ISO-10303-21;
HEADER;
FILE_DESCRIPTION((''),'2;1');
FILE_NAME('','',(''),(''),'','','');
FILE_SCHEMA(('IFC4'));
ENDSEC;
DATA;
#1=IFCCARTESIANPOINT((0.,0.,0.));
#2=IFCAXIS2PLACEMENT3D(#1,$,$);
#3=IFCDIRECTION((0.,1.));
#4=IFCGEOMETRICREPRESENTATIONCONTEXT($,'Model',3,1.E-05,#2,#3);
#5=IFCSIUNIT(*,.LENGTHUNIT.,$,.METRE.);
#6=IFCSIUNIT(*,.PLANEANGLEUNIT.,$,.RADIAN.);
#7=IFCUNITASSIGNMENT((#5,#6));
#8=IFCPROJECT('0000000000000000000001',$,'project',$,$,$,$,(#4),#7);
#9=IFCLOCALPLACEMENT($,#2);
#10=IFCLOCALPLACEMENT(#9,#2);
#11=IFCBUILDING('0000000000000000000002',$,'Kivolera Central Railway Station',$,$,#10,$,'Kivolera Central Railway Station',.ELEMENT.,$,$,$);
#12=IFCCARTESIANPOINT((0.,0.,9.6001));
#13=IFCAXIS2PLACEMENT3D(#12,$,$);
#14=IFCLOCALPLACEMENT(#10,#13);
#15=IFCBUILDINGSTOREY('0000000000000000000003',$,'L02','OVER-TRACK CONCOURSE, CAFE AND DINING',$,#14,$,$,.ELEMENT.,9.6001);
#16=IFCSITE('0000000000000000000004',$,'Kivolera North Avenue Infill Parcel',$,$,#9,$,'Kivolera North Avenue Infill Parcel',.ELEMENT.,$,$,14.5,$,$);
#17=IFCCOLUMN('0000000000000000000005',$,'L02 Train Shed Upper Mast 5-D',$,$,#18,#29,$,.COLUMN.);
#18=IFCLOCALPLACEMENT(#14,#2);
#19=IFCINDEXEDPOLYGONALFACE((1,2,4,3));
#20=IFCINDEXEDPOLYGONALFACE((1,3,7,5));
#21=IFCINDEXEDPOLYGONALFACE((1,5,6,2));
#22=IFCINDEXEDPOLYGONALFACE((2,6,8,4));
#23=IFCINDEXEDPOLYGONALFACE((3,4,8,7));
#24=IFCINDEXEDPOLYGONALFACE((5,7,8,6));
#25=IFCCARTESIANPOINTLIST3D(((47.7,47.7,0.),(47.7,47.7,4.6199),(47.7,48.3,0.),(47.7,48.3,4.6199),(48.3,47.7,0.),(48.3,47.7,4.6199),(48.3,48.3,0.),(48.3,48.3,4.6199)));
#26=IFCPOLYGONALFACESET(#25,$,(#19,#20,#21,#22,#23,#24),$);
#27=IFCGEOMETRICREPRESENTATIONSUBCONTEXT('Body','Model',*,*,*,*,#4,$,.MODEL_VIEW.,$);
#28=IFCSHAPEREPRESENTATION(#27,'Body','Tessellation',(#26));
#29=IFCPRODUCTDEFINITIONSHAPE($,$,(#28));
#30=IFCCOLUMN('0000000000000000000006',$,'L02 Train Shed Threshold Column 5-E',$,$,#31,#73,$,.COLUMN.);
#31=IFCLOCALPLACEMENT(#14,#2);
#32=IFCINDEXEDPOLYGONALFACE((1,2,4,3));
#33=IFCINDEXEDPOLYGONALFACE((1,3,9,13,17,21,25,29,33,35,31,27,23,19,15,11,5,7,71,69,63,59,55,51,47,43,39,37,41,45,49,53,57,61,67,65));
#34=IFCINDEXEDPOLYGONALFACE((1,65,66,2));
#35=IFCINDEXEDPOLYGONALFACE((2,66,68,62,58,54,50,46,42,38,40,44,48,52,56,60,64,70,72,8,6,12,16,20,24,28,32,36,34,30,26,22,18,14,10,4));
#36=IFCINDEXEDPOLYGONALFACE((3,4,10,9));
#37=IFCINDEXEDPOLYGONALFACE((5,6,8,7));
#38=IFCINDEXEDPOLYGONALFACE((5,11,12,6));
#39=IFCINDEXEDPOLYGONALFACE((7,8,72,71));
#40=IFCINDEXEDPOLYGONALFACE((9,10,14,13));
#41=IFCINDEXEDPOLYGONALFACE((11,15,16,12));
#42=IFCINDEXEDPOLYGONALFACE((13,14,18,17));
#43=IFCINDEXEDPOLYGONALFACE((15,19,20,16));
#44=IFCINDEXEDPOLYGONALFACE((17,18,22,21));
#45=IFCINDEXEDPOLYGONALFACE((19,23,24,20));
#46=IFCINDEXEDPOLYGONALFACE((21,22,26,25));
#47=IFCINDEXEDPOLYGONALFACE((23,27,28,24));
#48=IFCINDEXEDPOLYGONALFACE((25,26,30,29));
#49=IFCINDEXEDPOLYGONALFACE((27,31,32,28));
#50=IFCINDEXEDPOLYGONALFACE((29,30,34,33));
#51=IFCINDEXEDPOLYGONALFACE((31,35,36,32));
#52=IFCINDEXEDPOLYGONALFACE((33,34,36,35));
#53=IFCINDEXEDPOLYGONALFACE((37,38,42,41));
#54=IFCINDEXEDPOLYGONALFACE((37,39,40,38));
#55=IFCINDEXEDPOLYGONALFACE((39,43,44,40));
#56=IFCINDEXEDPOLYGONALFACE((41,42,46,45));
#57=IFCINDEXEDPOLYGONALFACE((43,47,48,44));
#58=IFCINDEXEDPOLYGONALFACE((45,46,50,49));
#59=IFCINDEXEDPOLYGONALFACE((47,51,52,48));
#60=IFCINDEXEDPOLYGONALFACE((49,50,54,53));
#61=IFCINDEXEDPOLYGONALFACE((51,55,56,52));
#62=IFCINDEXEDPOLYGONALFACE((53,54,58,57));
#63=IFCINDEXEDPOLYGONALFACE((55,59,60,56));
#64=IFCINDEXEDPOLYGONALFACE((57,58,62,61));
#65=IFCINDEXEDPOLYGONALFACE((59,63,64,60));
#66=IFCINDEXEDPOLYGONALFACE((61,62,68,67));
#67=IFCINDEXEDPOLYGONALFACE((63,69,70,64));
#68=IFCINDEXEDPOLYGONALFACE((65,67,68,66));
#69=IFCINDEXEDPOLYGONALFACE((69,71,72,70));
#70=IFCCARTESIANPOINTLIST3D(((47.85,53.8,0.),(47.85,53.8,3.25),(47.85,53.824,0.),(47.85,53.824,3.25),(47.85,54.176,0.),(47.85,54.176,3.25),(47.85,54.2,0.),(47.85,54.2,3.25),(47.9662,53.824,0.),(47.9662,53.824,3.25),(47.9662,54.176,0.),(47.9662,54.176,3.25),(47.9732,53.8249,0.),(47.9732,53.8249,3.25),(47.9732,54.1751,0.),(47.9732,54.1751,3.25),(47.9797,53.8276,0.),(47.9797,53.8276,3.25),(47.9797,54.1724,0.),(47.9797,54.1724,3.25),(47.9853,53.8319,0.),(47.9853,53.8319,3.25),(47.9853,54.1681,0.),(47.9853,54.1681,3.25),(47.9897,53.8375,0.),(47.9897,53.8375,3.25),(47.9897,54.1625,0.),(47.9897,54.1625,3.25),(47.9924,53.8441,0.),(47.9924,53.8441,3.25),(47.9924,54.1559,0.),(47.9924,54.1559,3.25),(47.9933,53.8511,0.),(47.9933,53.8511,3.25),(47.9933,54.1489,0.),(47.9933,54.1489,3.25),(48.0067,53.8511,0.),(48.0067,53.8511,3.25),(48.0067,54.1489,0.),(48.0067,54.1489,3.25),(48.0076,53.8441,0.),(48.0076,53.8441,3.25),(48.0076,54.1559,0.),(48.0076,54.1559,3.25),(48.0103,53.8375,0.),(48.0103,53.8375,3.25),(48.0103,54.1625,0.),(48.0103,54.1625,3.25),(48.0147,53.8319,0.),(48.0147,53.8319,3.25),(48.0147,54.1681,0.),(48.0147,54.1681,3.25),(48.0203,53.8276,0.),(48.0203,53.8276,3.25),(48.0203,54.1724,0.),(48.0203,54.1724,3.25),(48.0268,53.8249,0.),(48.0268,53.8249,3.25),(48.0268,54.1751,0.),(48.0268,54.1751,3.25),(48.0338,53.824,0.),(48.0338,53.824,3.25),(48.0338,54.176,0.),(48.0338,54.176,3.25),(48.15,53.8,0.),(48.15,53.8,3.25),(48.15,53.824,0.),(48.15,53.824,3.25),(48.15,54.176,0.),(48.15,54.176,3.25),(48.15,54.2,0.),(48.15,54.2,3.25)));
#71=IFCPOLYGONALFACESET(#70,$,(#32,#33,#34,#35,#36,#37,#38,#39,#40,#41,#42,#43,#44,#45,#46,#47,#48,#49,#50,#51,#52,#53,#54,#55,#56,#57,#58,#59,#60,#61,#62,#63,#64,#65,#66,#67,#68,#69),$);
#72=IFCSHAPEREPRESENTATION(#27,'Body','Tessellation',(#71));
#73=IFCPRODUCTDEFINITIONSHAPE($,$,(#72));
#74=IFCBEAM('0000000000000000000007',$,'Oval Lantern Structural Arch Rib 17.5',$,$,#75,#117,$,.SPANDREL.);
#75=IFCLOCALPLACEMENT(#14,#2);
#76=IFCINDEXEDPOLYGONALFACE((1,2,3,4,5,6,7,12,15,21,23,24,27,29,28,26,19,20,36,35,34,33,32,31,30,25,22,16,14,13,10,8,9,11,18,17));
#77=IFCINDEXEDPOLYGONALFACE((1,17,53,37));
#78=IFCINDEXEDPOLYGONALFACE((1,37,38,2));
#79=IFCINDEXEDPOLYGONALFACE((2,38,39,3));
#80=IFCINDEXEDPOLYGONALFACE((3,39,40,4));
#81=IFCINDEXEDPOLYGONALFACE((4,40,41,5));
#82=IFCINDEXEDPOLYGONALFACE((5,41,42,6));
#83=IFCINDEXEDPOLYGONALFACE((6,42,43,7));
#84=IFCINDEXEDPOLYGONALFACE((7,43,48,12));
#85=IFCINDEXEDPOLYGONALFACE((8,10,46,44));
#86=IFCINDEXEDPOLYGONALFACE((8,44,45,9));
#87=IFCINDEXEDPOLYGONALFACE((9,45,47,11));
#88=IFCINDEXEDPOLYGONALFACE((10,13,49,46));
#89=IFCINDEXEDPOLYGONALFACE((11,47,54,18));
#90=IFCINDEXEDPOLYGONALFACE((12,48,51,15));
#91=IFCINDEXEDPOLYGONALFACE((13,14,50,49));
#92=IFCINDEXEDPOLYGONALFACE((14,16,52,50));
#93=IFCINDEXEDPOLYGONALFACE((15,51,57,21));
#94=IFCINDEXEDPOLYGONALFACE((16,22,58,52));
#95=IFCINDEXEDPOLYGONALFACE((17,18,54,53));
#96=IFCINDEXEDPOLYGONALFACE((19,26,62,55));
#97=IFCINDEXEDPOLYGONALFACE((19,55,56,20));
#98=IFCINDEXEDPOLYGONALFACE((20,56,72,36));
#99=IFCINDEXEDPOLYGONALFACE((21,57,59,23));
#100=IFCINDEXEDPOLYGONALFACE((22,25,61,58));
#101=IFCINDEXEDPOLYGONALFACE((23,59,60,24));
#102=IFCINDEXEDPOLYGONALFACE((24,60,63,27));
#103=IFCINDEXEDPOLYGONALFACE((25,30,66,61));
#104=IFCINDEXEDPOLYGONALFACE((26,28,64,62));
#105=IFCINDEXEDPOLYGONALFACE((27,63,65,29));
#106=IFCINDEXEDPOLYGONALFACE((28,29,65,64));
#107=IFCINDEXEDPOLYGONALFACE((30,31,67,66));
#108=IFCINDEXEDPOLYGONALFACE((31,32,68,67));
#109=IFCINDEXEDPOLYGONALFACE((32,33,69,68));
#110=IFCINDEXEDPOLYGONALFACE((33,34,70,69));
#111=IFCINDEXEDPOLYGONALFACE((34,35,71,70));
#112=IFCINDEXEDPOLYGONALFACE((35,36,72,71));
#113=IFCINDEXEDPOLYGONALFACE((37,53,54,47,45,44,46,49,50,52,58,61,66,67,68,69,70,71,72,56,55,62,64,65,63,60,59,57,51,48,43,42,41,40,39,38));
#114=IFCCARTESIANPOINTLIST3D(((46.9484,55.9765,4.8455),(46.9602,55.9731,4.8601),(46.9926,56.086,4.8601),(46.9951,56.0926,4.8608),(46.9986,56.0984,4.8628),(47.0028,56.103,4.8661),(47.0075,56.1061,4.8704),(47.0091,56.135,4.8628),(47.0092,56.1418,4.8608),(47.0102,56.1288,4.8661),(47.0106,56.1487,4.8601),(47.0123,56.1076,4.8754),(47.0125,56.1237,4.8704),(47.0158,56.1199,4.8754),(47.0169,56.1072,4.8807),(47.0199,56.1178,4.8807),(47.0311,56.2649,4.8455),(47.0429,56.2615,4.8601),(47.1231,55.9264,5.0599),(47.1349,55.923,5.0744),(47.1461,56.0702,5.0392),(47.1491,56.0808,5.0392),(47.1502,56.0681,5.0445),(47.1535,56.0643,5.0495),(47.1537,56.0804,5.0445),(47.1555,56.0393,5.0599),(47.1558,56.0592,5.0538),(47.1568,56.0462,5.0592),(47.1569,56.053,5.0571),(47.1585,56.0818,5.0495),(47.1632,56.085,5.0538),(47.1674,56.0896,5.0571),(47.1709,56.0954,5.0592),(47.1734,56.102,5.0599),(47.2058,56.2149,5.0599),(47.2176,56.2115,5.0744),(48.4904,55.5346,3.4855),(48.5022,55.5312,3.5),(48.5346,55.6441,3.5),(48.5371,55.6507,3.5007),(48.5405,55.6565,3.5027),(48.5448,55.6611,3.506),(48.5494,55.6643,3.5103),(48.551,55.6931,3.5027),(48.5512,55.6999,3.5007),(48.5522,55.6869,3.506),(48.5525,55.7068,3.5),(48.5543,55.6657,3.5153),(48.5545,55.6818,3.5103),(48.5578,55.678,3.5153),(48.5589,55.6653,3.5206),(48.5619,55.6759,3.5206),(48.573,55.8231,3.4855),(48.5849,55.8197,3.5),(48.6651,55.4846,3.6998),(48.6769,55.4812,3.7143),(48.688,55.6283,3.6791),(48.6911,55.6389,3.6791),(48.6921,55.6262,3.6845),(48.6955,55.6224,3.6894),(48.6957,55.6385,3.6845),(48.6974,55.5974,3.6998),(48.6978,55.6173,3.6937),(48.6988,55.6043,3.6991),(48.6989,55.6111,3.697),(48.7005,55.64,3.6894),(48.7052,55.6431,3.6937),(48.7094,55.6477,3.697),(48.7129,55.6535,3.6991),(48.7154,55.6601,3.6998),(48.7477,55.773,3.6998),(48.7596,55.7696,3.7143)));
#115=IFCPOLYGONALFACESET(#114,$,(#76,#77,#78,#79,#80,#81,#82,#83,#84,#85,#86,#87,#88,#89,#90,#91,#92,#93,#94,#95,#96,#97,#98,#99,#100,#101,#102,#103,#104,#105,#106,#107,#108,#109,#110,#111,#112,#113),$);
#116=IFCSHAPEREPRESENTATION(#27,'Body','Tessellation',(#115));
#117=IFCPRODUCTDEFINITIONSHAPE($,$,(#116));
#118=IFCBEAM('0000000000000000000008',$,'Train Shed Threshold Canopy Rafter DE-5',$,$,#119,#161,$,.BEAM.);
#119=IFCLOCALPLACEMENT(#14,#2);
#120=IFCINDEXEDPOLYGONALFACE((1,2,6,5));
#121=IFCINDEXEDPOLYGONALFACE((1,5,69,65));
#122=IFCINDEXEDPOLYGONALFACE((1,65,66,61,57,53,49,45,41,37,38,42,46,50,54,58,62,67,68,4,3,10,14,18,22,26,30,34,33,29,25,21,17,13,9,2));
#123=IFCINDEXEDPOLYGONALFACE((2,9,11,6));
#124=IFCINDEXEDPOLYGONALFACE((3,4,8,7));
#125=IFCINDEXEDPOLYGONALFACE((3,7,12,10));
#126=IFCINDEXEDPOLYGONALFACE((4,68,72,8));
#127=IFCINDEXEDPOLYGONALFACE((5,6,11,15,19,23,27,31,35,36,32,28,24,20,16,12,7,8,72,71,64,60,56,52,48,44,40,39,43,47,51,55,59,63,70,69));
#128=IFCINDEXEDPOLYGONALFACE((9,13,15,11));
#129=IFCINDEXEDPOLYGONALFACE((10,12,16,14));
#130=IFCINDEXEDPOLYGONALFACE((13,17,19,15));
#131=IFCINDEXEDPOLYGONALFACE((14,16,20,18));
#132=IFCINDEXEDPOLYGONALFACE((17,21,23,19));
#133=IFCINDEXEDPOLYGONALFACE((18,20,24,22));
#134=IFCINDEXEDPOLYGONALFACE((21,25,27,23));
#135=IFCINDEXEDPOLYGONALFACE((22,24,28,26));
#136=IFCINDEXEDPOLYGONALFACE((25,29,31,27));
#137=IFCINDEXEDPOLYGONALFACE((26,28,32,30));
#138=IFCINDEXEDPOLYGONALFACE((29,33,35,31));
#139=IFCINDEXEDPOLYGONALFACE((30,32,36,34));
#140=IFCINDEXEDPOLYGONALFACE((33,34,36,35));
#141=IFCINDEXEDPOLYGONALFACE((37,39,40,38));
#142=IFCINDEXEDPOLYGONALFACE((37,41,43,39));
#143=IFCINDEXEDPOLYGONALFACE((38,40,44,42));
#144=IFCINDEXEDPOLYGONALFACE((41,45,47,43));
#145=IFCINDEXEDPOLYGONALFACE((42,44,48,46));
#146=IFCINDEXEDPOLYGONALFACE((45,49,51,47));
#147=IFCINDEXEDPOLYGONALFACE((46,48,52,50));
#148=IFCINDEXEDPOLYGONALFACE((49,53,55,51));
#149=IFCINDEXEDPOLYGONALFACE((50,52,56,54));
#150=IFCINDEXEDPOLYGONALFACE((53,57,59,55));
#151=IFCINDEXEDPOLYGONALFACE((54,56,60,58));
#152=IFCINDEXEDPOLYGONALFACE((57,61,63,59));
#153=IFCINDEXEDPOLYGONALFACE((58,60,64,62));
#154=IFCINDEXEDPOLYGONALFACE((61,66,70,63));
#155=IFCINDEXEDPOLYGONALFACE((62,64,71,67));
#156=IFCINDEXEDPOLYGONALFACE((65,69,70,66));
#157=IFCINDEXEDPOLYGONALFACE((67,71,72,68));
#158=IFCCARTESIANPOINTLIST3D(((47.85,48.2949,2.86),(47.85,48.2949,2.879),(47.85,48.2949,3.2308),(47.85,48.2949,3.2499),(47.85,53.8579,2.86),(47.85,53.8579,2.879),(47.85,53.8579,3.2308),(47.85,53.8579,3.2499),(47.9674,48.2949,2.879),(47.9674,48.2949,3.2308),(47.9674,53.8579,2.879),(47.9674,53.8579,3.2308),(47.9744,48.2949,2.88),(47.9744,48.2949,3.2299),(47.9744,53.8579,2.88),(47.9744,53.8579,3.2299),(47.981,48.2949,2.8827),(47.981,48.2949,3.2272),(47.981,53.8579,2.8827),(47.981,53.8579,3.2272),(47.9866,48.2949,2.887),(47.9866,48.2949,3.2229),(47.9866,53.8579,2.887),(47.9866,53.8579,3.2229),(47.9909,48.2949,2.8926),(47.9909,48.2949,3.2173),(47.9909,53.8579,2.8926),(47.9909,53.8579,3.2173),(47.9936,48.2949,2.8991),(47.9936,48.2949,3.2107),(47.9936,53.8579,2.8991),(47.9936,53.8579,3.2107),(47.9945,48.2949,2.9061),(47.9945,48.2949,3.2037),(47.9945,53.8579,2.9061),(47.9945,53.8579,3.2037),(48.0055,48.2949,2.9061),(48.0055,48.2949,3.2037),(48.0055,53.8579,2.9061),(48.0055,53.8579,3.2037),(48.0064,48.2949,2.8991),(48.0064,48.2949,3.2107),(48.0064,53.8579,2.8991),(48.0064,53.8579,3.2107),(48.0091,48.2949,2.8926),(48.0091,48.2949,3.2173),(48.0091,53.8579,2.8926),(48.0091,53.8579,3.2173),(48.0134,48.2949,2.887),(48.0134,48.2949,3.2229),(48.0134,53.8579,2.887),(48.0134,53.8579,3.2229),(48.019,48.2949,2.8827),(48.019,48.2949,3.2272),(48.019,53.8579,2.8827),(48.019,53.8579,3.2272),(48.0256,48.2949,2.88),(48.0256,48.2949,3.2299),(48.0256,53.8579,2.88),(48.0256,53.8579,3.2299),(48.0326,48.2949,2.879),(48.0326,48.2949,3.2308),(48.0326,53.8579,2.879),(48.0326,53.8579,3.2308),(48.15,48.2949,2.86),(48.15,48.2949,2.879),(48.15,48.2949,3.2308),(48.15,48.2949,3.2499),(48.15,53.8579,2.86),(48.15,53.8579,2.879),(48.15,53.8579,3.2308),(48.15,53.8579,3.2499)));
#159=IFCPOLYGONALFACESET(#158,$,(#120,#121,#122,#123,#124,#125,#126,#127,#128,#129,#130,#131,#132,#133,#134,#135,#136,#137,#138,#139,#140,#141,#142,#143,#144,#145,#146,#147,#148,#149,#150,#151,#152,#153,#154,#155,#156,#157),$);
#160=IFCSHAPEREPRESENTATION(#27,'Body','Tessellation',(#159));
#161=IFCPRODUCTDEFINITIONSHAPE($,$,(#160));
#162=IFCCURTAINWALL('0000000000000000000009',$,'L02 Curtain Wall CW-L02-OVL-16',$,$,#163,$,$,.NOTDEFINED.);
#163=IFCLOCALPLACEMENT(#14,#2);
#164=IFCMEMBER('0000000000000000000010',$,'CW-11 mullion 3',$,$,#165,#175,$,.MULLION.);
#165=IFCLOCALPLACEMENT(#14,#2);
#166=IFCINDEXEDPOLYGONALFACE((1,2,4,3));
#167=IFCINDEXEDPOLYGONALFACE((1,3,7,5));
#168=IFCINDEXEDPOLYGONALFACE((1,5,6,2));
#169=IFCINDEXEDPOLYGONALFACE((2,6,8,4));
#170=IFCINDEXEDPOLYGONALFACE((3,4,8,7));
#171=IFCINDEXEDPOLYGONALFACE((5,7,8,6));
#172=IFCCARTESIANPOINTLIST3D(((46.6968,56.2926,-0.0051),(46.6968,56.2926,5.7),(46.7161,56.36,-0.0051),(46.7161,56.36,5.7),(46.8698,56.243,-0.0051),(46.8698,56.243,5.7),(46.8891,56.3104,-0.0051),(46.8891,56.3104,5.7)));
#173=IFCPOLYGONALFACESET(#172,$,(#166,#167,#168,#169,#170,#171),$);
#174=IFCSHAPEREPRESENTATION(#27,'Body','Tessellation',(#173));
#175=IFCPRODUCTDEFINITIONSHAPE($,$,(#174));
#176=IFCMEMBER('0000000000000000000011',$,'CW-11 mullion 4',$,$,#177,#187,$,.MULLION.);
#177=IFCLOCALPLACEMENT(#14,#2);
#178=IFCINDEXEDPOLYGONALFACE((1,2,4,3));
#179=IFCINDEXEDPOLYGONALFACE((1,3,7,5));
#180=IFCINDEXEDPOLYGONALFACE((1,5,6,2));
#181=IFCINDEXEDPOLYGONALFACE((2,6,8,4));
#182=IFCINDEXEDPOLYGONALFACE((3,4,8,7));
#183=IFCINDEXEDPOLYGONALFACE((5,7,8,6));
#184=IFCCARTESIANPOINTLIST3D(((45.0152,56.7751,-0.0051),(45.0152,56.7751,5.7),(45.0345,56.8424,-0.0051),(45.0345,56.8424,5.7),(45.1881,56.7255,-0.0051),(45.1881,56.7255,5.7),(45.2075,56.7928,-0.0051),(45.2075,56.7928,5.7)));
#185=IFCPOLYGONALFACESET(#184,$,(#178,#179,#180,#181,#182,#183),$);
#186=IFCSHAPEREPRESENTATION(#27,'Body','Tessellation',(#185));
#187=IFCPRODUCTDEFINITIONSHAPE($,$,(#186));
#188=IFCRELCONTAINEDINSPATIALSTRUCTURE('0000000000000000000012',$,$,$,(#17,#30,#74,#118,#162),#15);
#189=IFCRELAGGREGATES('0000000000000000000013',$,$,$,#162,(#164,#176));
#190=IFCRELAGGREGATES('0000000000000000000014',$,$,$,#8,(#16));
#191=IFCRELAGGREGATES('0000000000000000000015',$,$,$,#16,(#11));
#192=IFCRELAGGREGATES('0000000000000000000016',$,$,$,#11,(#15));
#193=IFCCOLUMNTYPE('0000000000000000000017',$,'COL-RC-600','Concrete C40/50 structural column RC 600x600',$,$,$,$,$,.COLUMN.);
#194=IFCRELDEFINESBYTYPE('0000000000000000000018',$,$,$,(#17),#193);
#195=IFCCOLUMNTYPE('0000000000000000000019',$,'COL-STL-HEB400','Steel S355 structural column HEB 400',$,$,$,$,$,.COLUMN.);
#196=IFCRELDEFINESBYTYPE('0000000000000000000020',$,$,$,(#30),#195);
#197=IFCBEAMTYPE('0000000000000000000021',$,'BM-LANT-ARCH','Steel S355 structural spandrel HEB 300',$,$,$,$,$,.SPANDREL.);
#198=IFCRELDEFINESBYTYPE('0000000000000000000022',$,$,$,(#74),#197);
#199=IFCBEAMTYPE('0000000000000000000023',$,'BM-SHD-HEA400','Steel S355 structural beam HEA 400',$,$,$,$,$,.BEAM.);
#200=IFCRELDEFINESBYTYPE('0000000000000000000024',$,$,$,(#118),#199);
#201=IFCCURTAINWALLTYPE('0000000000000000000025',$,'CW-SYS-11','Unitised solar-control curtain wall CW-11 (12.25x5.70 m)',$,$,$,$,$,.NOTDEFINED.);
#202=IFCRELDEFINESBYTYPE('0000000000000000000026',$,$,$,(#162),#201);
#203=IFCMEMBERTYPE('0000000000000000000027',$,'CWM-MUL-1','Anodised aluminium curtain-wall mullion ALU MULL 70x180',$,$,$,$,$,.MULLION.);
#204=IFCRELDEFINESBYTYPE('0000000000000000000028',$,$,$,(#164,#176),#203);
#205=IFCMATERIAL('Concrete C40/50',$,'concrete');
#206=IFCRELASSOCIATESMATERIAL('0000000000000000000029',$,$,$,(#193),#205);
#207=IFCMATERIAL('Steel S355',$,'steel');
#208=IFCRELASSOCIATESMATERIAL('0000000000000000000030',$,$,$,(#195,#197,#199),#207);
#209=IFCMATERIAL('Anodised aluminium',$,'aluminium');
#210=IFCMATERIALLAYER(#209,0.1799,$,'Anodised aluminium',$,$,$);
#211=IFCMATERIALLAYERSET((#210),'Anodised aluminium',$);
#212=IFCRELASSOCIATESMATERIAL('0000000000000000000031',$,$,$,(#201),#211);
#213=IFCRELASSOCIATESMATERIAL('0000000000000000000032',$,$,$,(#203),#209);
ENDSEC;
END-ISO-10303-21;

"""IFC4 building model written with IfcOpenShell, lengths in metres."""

from ifc_helpers import new_model, si_unit, direction, frame, origin, origin_2d, place, context, subcontext, project, spatial, rectangle, i_section, extrude, material, layer, layer_set, material_profile, profile_set, type_object, element, aggregate, save


model = new_model("IFC4")

# Units and contexts
model_context = context("Model", 3, precision=1e-05, world=origin(), true_north=direction((0.0, 1.0)))
body_context = subcontext(model_context, "Body", "Model", "MODEL_VIEW")
ifc_project = project(units=[si_unit("LENGTHUNIT", "METRE"), si_unit("PLANEANGLEUNIT", "RADIAN")], contexts=[model_context])

# Site, building, storey
site_placement = place(None, origin())
site = spatial("IfcSite", under=ifc_project, at=site_placement, Name="Kivolera North Avenue Infill Parcel", LongName="Kivolera North Avenue Infill Parcel", CompositionType="ELEMENT", RefElevation=14.5)
building_placement = place(site_placement, origin())
building = spatial("IfcBuilding", under=site, at=building_placement, Name="Kivolera Central Railway Station", LongName="Kivolera Central Railway Station", CompositionType="ELEMENT")
storey_placement = place(building_placement, frame((0.0, 0.0, 9.6001)))
storey = spatial("IfcBuildingStorey", under=building, at=storey_placement, Name="L02", Description="OVER-TRACK CONCOURSE, CAFE AND DINING", CompositionType="ELEMENT", Elevation=9.6001)

# Columns
ifc_material_1 = material(Name="Concrete C40/50", Category="concrete")
ifc_material_profile_1 = material_profile(ifc_material_1, rectangle(XDim=0.6001, YDim=0.6001, at=origin_2d()), Name="RC 600x600")
ifc_profile_set_1 = profile_set([ifc_material_profile_1], Name="Concrete C40/50")
column_type_1 = type_object("IfcColumnType", Name="COL-RC-600", Description="Concrete C40/50 structural column RC 600x600", PredefinedType="COLUMN", material=ifc_profile_set_1)
column_1_placement = place(storey_placement, frame((48.0, 48.0, 0.0), z_axis=(0.0, 0.0, 1.0), x_axis=(1.0, 0.0, 0.0)))
element("IfcColumn", 1, at=column_1_placement, inside=storey, type_object=column_type_1, Name="L02 Train Shed Upper Mast 5-D", PredefinedType="COLUMN", context=body_context, shape_type="SweptSolid", body=[
    extrude(rectangle(XDim=0.6001, YDim=0.6001, at=origin_2d()), origin(), (0.0, 0.0, 1.0), 4.6199),
])
ifc_material_2 = material(Name="Steel S355", Category="steel")
ifc_material_profile_2 = material_profile(ifc_material_2, i_section(OverallWidth=0.3, OverallDepth=0.3999, WebThickness=0.0134, FlangeThickness=0.0239, FilletRadius=0.0271, at=origin_2d()), Name="HEB 400")
ifc_profile_set_2 = profile_set([ifc_material_profile_2], Name="Steel S355")
column_type_2 = type_object("IfcColumnType", Name="COL-STL-HEB400", Description="Steel S355 structural column HEB 400", PredefinedType="COLUMN", material=ifc_profile_set_2)
column_2_placement = place(storey_placement, frame((48.0, 54.0, 0.0), z_axis=(0.0, 0.0, 1.0), x_axis=(1.0, 0.0, 0.0)))
element("IfcColumn", 2, at=column_2_placement, inside=storey, type_object=column_type_2, Name="L02 Train Shed Threshold Column 5-E", PredefinedType="COLUMN", context=body_context, shape_type="SweptSolid", body=[
    extrude(i_section(OverallWidth=0.3, OverallDepth=0.3999, WebThickness=0.0134, FlangeThickness=0.0239, FilletRadius=0.0271, at=origin_2d()), origin(), (0.0, 0.0, 1.0), 3.25),
])

# Beams
ifc_material_profile_3 = material_profile(ifc_material_2, i_section(OverallWidth=0.3, OverallDepth=0.3, WebThickness=0.011, FlangeThickness=0.019, FilletRadius=0.0271, at=origin_2d()), Name="HEB 300")
ifc_profile_set_3 = profile_set([ifc_material_profile_3], Name="Steel S355")
beam_type_1 = type_object("IfcBeamType", Name="BM-LANT-ARCH", Description="Steel S355 structural spandrel HEB 300", PredefinedType="SPANDREL", material=ifc_profile_set_3)
beam_1_placement = place(storey_placement, frame((47.083, 56.094, 4.96), z_axis=(0.73321, -0.210119, -0.646725), x_axis=(0.275485, 0.961305, 0.0)))
element("IfcBeam", 3, at=beam_1_placement, inside=storey, type_object=beam_type_1, Name="Oval Lantern Structural Arch Rib 17.5", PredefinedType="SPANDREL", context=body_context, shape_type="SweptSolid", body=[
    extrude(i_section(OverallWidth=0.3, OverallDepth=0.3, WebThickness=0.011, FlangeThickness=0.019, FilletRadius=0.0271, at=origin_2d()), origin(), (0.0, 0.0, 1.0), 2.103),
])
ifc_material_profile_4 = material_profile(ifc_material_2, i_section(OverallWidth=0.3, OverallDepth=0.3899, WebThickness=0.011, FlangeThickness=0.019, FilletRadius=0.0271, at=origin_2d()), Name="HEA 400")
ifc_profile_set_4 = profile_set([ifc_material_profile_4], Name="Steel S355")
beam_type_2 = type_object("IfcBeamType", Name="BM-SHD-HEA400", Description="Steel S355 structural beam HEA 400", PredefinedType="BEAM", material=ifc_profile_set_4)
beam_2_placement = place(storey_placement, frame((48.0, 48.2949, 3.0549), z_axis=(0.0, 1.0, 0.0), x_axis=(-1.0, 0.0, 0.0)))
element("IfcBeam", 4, at=beam_2_placement, inside=storey, type_object=beam_type_2, Name="Train Shed Threshold Canopy Rafter DE-5", PredefinedType="BEAM", context=body_context, shape_type="SweptSolid", body=[
    extrude(i_section(OverallWidth=0.3, OverallDepth=0.3899, WebThickness=0.011, FlangeThickness=0.019, FilletRadius=0.0271, at=origin_2d()), origin(), (0.0, 0.0, 1.0), 5.563),
])

# Curtain wall, members
ifc_material_3 = material(Name="Anodised aluminium", Category="aluminium")
ifc_layer_1 = layer(ifc_material_3, 0.1799, Name="Anodised aluminium")
ifc_layer_set_1 = layer_set([ifc_layer_1], Name="Anodised aluminium")
curtain_wall_type_1 = type_object("IfcCurtainWallType", Name="CW-SYS-11", Description="Unitised solar-control curtain wall CW-11 (12.25x5.70 m)", PredefinedType="NOTDEFINED", material=ifc_layer_set_1)
curtain_wall_1_placement = place(storey_placement, origin())
curtain_wall_1 = element("IfcCurtainWall", 5, at=curtain_wall_1_placement, inside=storey, type_object=curtain_wall_type_1, Name="L02 Curtain Wall CW-L02-OVL-16", PredefinedType="NOTDEFINED")
ifc_material_profile_5 = material_profile(ifc_material_3, rectangle(XDim=0.0701, YDim=0.1799, at=origin_2d()), Name="ALU MULL 70x180")
ifc_profile_set_5 = profile_set([ifc_material_profile_5], Name="Anodised aluminium")
member_type_1 = type_object("IfcMemberType", Name="CWM-MUL-1", Description="Anodised aluminium curtain-wall mullion ALU MULL 70x180", PredefinedType="MULLION", material=ifc_profile_set_5)
member_1_placement = place(storey_placement, frame((46.793, 56.3015, -0.0051), z_axis=(0.0, 0.0, 1.0), x_axis=(-0.275692, -0.961246, 0.0)))
member_1 = element("IfcMember", 6, at=member_1_placement, type_object=member_type_1, Name="CW-11 mullion 3", PredefinedType="MULLION", context=body_context, shape_type="SweptSolid", body=[
    extrude(rectangle(XDim=0.0701, YDim=0.1799, at=origin_2d()), origin(), (0.0, 0.0, 1.0), 5.7051),
])
member_2_placement = place(storey_placement, frame((45.1113, 56.7839, -0.0051), z_axis=(0.0, 0.0, 1.0), x_axis=(-0.275692, -0.961246, 0.0)))
member_2 = element("IfcMember", 7, at=member_2_placement, type_object=member_type_1, Name="CW-11 mullion 4", PredefinedType="MULLION", context=body_context, shape_type="SweptSolid", body=[
    extrude(rectangle(XDim=0.0701, YDim=0.1799, at=origin_2d()), origin(), (0.0, 0.0, 1.0), 5.7051),
])

aggregate(curtain_wall_1, [member_1, member_2])

save(model, "model.ifc")
